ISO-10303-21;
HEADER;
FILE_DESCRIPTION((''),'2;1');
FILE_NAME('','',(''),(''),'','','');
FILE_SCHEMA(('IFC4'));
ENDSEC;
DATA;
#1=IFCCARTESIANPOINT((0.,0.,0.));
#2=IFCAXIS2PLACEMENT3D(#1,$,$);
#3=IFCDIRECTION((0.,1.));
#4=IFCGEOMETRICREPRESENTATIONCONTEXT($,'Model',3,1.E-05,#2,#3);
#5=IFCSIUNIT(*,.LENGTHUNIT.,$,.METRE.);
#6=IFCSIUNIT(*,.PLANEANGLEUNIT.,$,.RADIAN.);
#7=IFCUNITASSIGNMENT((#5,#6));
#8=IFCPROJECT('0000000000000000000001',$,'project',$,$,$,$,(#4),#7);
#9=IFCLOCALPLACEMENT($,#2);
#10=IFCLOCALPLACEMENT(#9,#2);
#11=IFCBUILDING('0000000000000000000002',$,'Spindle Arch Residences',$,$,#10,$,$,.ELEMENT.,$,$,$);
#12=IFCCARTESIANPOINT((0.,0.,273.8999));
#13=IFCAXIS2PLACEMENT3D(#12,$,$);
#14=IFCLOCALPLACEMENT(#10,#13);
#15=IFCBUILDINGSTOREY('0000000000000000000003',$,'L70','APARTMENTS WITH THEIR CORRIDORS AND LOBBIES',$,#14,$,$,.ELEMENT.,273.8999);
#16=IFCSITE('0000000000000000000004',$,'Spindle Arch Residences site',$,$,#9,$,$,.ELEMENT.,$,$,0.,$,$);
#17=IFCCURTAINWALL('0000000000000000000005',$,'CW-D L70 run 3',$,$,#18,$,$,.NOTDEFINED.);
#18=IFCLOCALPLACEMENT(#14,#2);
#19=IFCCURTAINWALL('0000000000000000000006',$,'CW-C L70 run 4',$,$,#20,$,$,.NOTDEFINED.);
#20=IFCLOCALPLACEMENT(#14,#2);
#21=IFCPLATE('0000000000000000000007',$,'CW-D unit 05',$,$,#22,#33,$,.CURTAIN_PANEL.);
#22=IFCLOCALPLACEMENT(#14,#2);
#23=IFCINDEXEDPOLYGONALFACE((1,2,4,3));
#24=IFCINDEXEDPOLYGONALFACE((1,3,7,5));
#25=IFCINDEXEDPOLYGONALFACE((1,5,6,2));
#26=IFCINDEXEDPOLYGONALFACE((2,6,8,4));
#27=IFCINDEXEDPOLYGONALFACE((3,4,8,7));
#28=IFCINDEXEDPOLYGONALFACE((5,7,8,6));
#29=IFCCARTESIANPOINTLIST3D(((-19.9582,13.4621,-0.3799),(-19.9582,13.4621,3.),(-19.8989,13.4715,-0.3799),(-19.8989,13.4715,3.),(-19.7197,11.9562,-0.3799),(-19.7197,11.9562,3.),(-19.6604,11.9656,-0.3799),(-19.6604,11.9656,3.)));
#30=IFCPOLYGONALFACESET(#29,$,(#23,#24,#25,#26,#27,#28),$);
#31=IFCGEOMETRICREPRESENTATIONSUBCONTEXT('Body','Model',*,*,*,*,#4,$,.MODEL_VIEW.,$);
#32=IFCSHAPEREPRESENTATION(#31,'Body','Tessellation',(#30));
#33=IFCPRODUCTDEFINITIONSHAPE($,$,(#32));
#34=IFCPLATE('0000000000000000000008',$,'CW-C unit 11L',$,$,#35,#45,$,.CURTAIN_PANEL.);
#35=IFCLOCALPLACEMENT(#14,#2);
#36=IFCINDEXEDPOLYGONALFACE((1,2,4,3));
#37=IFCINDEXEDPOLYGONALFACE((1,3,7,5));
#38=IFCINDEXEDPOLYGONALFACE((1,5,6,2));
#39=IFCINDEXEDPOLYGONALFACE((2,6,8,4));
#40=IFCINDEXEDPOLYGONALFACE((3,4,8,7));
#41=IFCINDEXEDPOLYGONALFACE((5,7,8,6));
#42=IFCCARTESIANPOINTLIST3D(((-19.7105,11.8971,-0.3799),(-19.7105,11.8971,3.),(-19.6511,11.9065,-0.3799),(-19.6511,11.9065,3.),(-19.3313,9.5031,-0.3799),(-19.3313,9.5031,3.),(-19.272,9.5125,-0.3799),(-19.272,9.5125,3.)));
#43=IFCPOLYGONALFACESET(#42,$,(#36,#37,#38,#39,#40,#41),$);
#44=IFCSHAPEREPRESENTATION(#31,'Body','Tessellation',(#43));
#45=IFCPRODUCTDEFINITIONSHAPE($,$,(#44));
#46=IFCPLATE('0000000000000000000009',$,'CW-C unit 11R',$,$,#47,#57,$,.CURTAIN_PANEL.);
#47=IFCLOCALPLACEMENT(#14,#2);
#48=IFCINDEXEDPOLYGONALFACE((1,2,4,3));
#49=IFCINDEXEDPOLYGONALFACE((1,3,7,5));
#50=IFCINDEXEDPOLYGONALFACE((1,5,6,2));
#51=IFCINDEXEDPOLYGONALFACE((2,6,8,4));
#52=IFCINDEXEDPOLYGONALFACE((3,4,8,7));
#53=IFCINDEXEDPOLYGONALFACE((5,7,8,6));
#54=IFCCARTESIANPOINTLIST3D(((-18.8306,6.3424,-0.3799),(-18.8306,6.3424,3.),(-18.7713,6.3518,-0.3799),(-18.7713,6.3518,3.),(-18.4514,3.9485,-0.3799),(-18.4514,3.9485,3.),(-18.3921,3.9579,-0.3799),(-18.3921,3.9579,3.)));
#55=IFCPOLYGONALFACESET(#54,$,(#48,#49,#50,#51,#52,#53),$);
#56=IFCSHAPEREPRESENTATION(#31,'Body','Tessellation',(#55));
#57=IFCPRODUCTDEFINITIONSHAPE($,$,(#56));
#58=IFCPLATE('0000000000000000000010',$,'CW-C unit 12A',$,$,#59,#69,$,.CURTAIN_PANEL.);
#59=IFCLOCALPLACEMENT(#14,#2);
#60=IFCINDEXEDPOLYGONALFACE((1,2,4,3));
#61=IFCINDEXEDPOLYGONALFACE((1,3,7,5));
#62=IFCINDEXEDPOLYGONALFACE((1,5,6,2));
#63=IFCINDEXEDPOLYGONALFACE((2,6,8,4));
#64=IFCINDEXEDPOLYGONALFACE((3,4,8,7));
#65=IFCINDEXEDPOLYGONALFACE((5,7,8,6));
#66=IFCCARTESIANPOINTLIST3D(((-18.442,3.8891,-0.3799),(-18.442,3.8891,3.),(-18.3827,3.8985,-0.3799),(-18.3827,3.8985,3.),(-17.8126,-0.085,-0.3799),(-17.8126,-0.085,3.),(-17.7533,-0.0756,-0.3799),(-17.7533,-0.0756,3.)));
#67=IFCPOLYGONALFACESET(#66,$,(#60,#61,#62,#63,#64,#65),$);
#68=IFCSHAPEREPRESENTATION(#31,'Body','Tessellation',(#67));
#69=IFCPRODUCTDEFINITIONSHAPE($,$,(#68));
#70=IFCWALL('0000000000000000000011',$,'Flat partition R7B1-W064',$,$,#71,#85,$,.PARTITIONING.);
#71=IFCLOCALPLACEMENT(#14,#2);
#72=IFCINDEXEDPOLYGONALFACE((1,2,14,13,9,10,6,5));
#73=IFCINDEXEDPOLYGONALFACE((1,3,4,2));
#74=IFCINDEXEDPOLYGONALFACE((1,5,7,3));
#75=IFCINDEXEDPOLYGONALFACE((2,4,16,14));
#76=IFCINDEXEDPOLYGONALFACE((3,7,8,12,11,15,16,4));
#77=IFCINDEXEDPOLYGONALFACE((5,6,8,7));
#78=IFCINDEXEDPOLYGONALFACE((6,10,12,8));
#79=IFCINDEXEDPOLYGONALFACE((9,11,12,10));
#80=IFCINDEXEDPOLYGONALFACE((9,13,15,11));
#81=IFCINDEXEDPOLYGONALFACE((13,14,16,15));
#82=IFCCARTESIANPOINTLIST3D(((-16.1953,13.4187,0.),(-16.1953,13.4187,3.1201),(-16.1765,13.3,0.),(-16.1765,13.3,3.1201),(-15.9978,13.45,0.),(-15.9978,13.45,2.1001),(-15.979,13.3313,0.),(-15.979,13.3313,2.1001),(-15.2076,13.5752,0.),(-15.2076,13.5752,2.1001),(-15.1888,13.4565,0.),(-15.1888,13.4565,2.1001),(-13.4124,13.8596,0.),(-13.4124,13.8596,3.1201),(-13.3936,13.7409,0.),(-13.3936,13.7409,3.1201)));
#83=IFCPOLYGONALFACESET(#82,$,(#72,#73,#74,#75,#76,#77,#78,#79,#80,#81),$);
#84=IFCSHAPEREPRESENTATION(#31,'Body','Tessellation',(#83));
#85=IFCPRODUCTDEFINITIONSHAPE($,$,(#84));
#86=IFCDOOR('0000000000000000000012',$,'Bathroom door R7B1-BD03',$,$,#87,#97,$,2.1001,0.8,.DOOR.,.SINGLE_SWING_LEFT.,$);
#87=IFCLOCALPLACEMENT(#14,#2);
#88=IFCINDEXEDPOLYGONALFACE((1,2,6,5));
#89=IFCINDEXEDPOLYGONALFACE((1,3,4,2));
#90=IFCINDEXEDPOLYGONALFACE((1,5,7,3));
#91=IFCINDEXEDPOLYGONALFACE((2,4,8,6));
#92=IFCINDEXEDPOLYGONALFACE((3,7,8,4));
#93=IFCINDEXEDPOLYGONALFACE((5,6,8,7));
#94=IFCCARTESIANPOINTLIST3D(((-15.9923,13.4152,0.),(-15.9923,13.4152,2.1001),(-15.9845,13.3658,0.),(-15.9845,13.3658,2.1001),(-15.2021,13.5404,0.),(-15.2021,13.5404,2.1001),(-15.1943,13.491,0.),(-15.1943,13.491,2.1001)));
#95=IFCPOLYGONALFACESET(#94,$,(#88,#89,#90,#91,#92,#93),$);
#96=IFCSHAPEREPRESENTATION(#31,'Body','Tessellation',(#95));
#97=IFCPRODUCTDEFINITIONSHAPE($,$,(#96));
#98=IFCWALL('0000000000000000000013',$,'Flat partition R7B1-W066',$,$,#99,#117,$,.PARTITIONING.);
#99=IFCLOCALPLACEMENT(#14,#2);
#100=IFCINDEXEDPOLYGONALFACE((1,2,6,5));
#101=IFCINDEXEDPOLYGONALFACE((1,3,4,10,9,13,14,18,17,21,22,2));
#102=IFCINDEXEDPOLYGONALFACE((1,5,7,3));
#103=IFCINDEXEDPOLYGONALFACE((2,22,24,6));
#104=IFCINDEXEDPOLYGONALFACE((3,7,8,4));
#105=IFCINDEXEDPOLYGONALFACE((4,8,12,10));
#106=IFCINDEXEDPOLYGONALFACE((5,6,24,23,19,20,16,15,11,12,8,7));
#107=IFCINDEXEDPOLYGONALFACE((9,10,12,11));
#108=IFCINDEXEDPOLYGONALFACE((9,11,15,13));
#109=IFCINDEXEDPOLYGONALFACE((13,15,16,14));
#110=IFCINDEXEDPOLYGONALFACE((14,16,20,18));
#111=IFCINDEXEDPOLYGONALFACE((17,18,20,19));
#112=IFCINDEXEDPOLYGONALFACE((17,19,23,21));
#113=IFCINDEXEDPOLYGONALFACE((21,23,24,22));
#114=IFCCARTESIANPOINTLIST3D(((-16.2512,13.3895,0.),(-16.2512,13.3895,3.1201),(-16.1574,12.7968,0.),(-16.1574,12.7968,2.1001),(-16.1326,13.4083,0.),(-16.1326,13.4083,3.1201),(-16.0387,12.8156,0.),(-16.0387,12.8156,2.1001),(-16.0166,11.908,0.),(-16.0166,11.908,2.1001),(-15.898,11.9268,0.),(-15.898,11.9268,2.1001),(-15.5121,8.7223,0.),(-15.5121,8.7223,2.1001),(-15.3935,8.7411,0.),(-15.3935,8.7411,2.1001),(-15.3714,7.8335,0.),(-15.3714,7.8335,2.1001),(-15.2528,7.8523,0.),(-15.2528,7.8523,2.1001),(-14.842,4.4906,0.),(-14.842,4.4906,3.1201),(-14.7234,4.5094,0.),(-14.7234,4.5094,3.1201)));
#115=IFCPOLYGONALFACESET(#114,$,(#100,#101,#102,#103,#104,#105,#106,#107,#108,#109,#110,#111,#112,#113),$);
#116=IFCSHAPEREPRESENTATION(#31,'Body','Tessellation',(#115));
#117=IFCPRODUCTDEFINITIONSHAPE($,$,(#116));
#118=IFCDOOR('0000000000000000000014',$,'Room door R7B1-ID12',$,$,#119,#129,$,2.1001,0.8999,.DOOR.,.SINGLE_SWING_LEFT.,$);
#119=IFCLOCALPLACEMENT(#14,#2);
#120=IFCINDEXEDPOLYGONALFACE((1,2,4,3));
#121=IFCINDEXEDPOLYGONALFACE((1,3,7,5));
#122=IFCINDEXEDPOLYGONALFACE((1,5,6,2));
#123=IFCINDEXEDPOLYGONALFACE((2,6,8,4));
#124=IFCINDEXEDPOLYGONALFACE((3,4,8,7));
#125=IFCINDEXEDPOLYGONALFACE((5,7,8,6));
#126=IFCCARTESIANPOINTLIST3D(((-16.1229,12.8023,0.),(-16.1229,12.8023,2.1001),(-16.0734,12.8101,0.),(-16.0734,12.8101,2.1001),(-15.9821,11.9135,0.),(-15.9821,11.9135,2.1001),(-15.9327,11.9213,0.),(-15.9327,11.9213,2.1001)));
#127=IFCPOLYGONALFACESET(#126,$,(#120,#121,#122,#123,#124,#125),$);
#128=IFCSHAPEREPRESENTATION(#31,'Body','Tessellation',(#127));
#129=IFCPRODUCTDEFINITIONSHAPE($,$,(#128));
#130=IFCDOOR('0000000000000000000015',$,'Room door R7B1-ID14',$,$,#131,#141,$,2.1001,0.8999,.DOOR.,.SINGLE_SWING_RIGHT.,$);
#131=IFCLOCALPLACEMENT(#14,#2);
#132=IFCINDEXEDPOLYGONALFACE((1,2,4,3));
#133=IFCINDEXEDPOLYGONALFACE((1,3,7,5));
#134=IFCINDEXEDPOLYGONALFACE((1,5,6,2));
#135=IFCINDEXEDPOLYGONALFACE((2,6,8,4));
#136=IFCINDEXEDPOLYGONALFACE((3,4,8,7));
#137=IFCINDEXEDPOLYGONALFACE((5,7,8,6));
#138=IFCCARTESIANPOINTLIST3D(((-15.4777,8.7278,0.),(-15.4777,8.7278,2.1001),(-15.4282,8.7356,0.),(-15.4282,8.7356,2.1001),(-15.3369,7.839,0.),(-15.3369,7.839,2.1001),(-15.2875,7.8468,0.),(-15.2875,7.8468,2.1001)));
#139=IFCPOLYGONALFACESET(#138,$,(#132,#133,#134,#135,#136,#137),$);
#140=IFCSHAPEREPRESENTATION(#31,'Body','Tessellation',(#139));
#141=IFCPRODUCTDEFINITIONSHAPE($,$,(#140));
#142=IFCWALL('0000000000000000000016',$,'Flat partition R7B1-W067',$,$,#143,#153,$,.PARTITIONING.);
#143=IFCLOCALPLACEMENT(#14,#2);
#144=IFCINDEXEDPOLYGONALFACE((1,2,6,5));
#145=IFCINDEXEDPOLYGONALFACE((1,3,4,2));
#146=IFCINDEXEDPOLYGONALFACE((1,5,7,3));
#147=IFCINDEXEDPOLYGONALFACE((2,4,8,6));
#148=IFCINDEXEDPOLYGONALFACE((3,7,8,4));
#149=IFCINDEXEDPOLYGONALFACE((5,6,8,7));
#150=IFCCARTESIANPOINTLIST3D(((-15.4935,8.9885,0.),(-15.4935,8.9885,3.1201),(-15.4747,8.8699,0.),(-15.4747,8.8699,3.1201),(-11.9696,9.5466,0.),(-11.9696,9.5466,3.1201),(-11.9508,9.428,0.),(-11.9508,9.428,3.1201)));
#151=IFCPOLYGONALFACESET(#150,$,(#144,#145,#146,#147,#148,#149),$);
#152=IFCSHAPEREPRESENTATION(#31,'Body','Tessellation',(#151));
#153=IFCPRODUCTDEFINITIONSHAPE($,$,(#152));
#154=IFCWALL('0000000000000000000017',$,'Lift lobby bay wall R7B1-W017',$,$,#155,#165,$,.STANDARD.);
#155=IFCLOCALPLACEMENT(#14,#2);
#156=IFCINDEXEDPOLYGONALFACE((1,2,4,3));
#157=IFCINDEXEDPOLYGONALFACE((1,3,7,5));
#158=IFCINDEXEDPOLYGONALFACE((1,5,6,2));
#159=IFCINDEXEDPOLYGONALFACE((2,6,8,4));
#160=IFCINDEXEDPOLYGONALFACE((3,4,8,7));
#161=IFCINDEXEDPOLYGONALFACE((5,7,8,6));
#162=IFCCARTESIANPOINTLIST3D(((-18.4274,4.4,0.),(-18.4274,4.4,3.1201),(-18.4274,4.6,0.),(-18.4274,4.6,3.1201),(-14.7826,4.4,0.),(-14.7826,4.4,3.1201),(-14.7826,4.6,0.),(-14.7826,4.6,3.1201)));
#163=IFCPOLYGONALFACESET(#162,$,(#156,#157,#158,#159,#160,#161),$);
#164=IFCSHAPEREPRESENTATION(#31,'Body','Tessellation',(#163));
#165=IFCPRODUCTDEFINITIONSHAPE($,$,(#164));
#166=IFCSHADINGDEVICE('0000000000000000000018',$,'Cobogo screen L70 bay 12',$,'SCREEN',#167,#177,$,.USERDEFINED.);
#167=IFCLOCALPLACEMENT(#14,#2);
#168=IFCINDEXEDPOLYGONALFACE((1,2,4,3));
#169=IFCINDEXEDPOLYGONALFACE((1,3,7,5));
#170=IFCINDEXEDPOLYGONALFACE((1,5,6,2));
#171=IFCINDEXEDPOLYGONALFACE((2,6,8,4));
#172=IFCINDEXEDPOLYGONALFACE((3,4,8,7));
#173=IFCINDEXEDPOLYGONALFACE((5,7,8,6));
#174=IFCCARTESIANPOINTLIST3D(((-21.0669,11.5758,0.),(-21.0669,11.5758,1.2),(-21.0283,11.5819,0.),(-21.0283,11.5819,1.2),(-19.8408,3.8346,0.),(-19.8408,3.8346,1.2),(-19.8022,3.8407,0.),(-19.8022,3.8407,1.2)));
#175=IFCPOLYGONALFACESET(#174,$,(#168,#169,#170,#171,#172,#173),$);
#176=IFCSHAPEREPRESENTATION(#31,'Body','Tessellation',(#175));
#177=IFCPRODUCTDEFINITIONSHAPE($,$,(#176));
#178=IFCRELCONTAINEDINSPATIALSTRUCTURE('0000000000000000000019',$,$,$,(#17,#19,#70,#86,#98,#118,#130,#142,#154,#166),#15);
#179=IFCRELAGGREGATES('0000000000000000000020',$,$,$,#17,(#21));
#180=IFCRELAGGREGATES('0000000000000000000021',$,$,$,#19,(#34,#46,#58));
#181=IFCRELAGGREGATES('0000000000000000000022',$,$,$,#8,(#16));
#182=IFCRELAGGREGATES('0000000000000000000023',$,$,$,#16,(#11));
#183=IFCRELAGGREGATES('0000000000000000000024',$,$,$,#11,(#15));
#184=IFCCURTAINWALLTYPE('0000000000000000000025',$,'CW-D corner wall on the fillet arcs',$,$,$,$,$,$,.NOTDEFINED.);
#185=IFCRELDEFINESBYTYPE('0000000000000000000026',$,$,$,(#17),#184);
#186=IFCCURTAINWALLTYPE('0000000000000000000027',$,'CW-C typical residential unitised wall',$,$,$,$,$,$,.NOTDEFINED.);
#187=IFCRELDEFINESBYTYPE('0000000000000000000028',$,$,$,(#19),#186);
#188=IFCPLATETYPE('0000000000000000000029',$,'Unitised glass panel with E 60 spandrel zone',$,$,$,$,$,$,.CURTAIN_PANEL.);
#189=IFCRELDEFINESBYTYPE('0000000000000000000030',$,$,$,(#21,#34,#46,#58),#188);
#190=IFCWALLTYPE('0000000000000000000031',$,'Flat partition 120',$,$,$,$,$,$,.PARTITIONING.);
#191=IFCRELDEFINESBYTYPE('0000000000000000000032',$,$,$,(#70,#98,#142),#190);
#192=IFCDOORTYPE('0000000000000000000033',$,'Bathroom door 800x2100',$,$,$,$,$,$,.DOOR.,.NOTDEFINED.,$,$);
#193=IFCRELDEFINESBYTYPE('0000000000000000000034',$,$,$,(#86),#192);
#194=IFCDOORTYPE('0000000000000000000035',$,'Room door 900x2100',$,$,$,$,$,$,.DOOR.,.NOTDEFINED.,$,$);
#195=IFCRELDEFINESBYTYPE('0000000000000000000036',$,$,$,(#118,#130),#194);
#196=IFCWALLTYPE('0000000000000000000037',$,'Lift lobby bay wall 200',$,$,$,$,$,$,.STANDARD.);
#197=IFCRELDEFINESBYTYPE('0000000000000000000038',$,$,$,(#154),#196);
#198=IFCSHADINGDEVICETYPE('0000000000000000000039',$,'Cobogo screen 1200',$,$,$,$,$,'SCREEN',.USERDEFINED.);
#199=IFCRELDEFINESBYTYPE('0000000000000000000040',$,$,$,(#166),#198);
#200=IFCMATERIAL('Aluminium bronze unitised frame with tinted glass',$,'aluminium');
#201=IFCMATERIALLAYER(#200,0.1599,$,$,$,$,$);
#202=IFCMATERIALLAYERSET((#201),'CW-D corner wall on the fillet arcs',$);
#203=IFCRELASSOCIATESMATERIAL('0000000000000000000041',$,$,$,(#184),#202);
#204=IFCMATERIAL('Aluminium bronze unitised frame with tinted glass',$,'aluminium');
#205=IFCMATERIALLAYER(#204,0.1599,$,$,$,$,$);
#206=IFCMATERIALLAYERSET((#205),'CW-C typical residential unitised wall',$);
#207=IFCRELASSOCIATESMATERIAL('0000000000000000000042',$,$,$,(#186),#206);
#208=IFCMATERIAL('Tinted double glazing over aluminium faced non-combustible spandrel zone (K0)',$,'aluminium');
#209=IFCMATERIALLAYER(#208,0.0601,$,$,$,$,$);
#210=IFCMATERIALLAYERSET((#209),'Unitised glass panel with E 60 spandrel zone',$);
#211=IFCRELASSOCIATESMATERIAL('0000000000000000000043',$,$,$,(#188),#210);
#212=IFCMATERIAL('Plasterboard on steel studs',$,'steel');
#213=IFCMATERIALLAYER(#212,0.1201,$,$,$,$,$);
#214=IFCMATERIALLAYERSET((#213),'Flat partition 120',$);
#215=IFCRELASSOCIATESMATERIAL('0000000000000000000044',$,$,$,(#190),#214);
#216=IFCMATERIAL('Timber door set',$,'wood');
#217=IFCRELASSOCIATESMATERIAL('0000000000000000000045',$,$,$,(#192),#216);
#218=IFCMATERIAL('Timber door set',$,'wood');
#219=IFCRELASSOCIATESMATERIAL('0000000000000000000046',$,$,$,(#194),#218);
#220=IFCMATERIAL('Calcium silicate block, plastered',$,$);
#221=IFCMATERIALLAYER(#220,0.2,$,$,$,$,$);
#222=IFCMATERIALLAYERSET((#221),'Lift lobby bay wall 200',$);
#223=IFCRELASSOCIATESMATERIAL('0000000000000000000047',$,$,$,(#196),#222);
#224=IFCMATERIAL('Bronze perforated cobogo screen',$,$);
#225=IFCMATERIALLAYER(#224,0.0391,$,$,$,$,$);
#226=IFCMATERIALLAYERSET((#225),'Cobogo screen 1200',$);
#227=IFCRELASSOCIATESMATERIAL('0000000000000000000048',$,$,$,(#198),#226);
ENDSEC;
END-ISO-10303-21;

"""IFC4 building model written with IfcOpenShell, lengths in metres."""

from ifc_helpers import new_model, si_unit, direction, frame, frame_2d, origin, origin_2d, place, context, subcontext, project, spatial, rectangle, extrude, material, layer, layer_set, type_object, element, fill, aggregate, save


model = new_model("IFC4")

# Units and contexts
model_context = context("Model", 3, precision=1e-05, world=origin(), true_north=direction((0.0, 1.0)))
body_context = subcontext(model_context, "Body", "Model", "MODEL_VIEW")
ifc_project = project(units=[si_unit("LENGTHUNIT", "METRE"), si_unit("PLANEANGLEUNIT", "RADIAN")], contexts=[model_context])

# Site, building, storey
site_placement = place(None, origin())
site = spatial("IfcSite", under=ifc_project, at=site_placement, Name="Spindle Arch Residences site", CompositionType="ELEMENT", RefElevation=0.0)
building_placement = place(site_placement, origin())
building = spatial("IfcBuilding", under=site, at=building_placement, Name="Spindle Arch Residences", CompositionType="ELEMENT")
storey_placement = place(building_placement, frame((0.0, 0.0, 273.8999)))
storey = spatial("IfcBuildingStorey", under=building, at=storey_placement, Name="L70", Description="APARTMENTS WITH THEIR CORRIDORS AND LOBBIES", CompositionType="ELEMENT", Elevation=273.8999)

# Curtain wall
ifc_material_1 = material(Name="Aluminium bronze unitised frame with tinted glass", Category="aluminium")
ifc_layer_1 = layer(ifc_material_1, 0.1599)
ifc_layer_set_1 = layer_set([ifc_layer_1], Name="CW-D corner wall on the fillet arcs")
curtain_wall_type_1 = type_object("IfcCurtainWallType", Name="CW-D corner wall on the fillet arcs", PredefinedType="NOTDEFINED", material=ifc_layer_set_1)
curtain_wall_1_placement = place(storey_placement, origin())
curtain_wall_1 = element("IfcCurtainWall", 1, at=curtain_wall_1_placement, inside=storey, type_object=curtain_wall_type_1, Name="CW-D L70 run 3", PredefinedType="NOTDEFINED")

# Curtain wall
ifc_material_2 = material(Name="Aluminium bronze unitised frame with tinted glass", Category="aluminium")
ifc_layer_2 = layer(ifc_material_2, 0.1599)
ifc_layer_set_2 = layer_set([ifc_layer_2], Name="CW-C typical residential unitised wall")
curtain_wall_type_2 = type_object("IfcCurtainWallType", Name="CW-C typical residential unitised wall", PredefinedType="NOTDEFINED", material=ifc_layer_set_2)
curtain_wall_2_placement = place(storey_placement, origin())
curtain_wall_2 = element("IfcCurtainWall", 2, at=curtain_wall_2_placement, inside=storey, type_object=curtain_wall_type_2, Name="CW-C L70 run 4", PredefinedType="NOTDEFINED")

# Plates
ifc_material_3 = material(Name="Tinted double glazing over aluminium faced non-combustible spandrel zone (K0)", Category="aluminium")
ifc_layer_3 = layer(ifc_material_3, 0.0601)
ifc_layer_set_3 = layer_set([ifc_layer_3], Name="Unitised glass panel with E 60 spandrel zone")
plate_type = type_object("IfcPlateType", Name="Unitised glass panel with E 60 spandrel zone", PredefinedType="CURTAIN_PANEL", material=ifc_layer_set_3)
plate_1_placement = place(storey_placement, frame((-19.8093, 12.7139, -0.3799), z_axis=(0.0, 0.0, 1.0), x_axis=(0.156434, -0.987688, 0.0)))
plate_1 = element("IfcPlate", 3, at=plate_1_placement, type_object=plate_type, Name="CW-D unit 05", PredefinedType="CURTAIN_PANEL", context=body_context, shape_type="SweptSolid", body=[
    extrude(rectangle(XDim=1.5247, YDim=0.0601, at=origin_2d()), origin(), (0.0, 0.0, 1.0), 3.3799),
])
aggregate(curtain_wall_1, [plate_1])
plate_2_placement = place(storey_placement, frame((-19.4912, 10.7048, -0.3799), z_axis=(0.0, 0.0, 1.0), x_axis=(0.156434, -0.987688, 0.0)))
plate_2 = element("IfcPlate", 4, at=plate_2_placement, type_object=plate_type, Name="CW-C unit 11L", PredefinedType="CURTAIN_PANEL", context=body_context, shape_type="SweptSolid", body=[
    extrude(rectangle(XDim=2.4238, YDim=0.0601, at=origin_2d()), origin(), (0.0, 0.0, 1.0), 3.3799),
])
plate_3_placement = place(storey_placement, frame((-18.6113, 5.1501, -0.3799), z_axis=(0.0, 0.0, 1.0), x_axis=(0.156434, -0.987688, 0.0)))
plate_3 = element("IfcPlate", 5, at=plate_3_placement, type_object=plate_type, Name="CW-C unit 11R", PredefinedType="CURTAIN_PANEL", context=body_context, shape_type="SweptSolid", body=[
    extrude(rectangle(XDim=2.4238, YDim=0.0601, at=origin_2d()), origin(), (0.0, 0.0, 1.0), 3.3799),
])
plate_4_placement = place(storey_placement, frame((-18.0977, 1.9067, -0.3799), z_axis=(0.0, 0.0, 1.0), x_axis=(0.156434, -0.987688, 0.0)))
plate_4 = element("IfcPlate", 6, at=plate_4_placement, type_object=plate_type, Name="CW-C unit 12A", PredefinedType="CURTAIN_PANEL", context=body_context, shape_type="SweptSolid", body=[
    extrude(rectangle(XDim=4.0237, YDim=0.0601, at=origin_2d()), origin(), (0.0, 0.0, 1.0), 3.3799),
])
aggregate(curtain_wall_2, [plate_2, plate_3, plate_4])

# Wall, opening, door
ifc_material_4 = material(Name="Plasterboard on steel studs", Category="steel")
ifc_layer_4 = layer(ifc_material_4, 0.1201)
ifc_layer_set_4 = layer_set([ifc_layer_4], Name="Flat partition 120")
wall_type_1 = type_object("IfcWallType", Name="Flat partition 120", PredefinedType="PARTITIONING", material=ifc_layer_set_4)
wall_1_placement = place(storey_placement, frame((-16.1858, 13.3594, 0.0), z_axis=(0.0, 0.0, 1.0), x_axis=(0.987681, 0.156483, 0.0)))
wall_1 = element("IfcWall", 7, at=wall_1_placement, inside=storey, type_object=wall_type_1, Name="Flat partition R7B1-W064", PredefinedType="PARTITIONING", context=body_context, shape_type="SweptSolid", body=[
    extrude(rectangle(XDim=2.8176, YDim=0.1201, at=frame_2d((1.4087, 0.0))), origin(), (0.0, 0.0, 1.0), 3.1201),
])
opening_1_placement = place(wall_1_placement, frame((0.2, 0.0, 0.0)))
opening_1 = element("IfcOpeningElement", 8, at=opening_1_placement, cuts=wall_1, PredefinedType="OPENING", context=body_context, shape_type="SweptSolid", body=[
    extrude(rectangle(XDim=0.8, YDim=2.1001, at=frame_2d((0.3999, 1.05))), frame((0.0, 0.0701, 0.0), z_axis=(0.0, -1.0, 0.0), x_axis=(1.0, 0.0, 0.0)), (0.0, 0.0, 1.0), 0.1401),
])
ifc_material_5 = material(Name="Timber door set", Category="wood")
door_type_1 = type_object("IfcDoorType", Name="Bathroom door 800x2100", OperationType="NOTDEFINED", PredefinedType="DOOR", material=ifc_material_5)
door_1_placement = place(opening_1_placement, origin())
door_1 = element("IfcDoor", 9, at=door_1_placement, inside=storey, type_object=door_type_1, Name="Bathroom door R7B1-BD03", OperationType="SINGLE_SWING_LEFT", OverallHeight=2.1001, OverallWidth=0.8, PredefinedType="DOOR", context=body_context, shape_type="SweptSolid", body=[
    extrude(rectangle(XDim=0.8, YDim=2.1001, at=frame_2d((0.3999, 1.05))), frame((0.0, 0.0249, 0.0), z_axis=(0.0, -1.0, 0.0), x_axis=(1.0, 0.0, 0.0)), (0.0, 0.0, 1.0), 0.05),
])
fill(opening_1, door_1)

# Wall, openings, doors
wall_2_placement = place(storey_placement, frame((-16.1919, 13.3989, 0.0), z_axis=(0.0, 0.0, 1.0), x_axis=(0.156405, -0.987693, 0.0)))
wall_2 = element("IfcWall", 10, at=wall_2_placement, inside=storey, type_object=wall_type_1, Name="Flat partition R7B1-W066", PredefinedType="PARTITIONING", context=body_context, shape_type="SweptSolid", body=[
    extrude(rectangle(XDim=9.0098, YDim=0.1201, at=frame_2d((4.5049, 0.0))), origin(), (0.0, 0.0, 1.0), 3.1201),
])
opening_2_placement = place(wall_2_placement, frame((0.6001, 0.0, 0.0)))
opening_2 = element("IfcOpeningElement", 11, at=opening_2_placement, cuts=wall_2, PredefinedType="OPENING", context=body_context, shape_type="SweptSolid", body=[
    extrude(rectangle(XDim=0.8999, YDim=2.1001, at=frame_2d((0.45, 1.05))), frame((0.0, 0.0701, 0.0), z_axis=(0.0, -1.0, 0.0), x_axis=(1.0, 0.0, 0.0)), (0.0, 0.0, 1.0), 0.1401),
])
opening_3_placement = place(wall_2_placement, frame((4.7253, 0.0, 0.0)))
opening_3 = element("IfcOpeningElement", 12, at=opening_3_placement, cuts=wall_2, PredefinedType="OPENING", context=body_context, shape_type="SweptSolid", body=[
    extrude(rectangle(XDim=0.8999, YDim=2.1001, at=frame_2d((0.45, 1.05))), frame((0.0, 0.0701, 0.0), z_axis=(0.0, -1.0, 0.0), x_axis=(1.0, 0.0, 0.0)), (0.0, 0.0, 1.0), 0.1401),
])
ifc_material_6 = material(Name="Timber door set", Category="wood")
door_type_2 = type_object("IfcDoorType", Name="Room door 900x2100", OperationType="NOTDEFINED", PredefinedType="DOOR", material=ifc_material_6)
door_2_placement = place(opening_2_placement, origin())
door_2 = element("IfcDoor", 13, at=door_2_placement, inside=storey, type_object=door_type_2, Name="Room door R7B1-ID12", OperationType="SINGLE_SWING_LEFT", OverallHeight=2.1001, OverallWidth=0.8999, PredefinedType="DOOR", context=body_context, shape_type="SweptSolid", body=[
    extrude(rectangle(XDim=0.8999, YDim=2.1001, at=frame_2d((0.45, 1.05))), frame((0.0, 0.0249, 0.0), z_axis=(0.0, -1.0, 0.0), x_axis=(1.0, 0.0, 0.0)), (0.0, 0.0, 1.0), 0.05),
])
fill(opening_2, door_2)
door_3_placement = place(opening_3_placement, origin())
door_3 = element("IfcDoor", 14, at=door_3_placement, inside=storey, type_object=door_type_2, Name="Room door R7B1-ID14", OperationType="SINGLE_SWING_RIGHT", OverallHeight=2.1001, OverallWidth=0.8999, PredefinedType="DOOR", context=body_context, shape_type="SweptSolid", body=[
    extrude(rectangle(XDim=0.8999, YDim=2.1001, at=frame_2d((0.45, 1.05))), frame((0.0, 0.0249, 0.0), z_axis=(0.0, -1.0, 0.0), x_axis=(1.0, 0.0, 0.0)), (0.0, 0.0, 1.0), 0.05),
])
fill(opening_3, door_3)

# Wall
wall_3_placement = place(storey_placement, frame((-15.4841, 8.9292, 0.0), z_axis=(0.0, 0.0, 1.0), x_axis=(0.98769, 0.156426, 0.0)))
element("IfcWall", 15, at=wall_3_placement, inside=storey, type_object=wall_type_1, Name="Flat partition R7B1-W067", PredefinedType="PARTITIONING", context=body_context, shape_type="SweptSolid", body=[
    extrude(rectangle(XDim=3.5679, YDim=0.1201, at=frame_2d((1.7839, 0.0))), origin(), (0.0, 0.0, 1.0), 3.1201),
])

# Wall
ifc_material_7 = material(Name="Calcium silicate block, plastered")
ifc_layer_5 = layer(ifc_material_7, 0.2)
ifc_layer_set_5 = layer_set([ifc_layer_5], Name="Lift lobby bay wall 200")
wall_type_2 = type_object("IfcWallType", Name="Lift lobby bay wall 200", PredefinedType="STANDARD", material=ifc_layer_set_5)
wall_4_placement = place(storey_placement, frame((-14.7827, 4.5, 0.0), z_axis=(0.0, 0.0, 1.0), x_axis=(-1.0, 0.0, 0.0)))
element("IfcWall", 16, at=wall_4_placement, inside=storey, type_object=wall_type_2, Name="Lift lobby bay wall R7B1-W017", PredefinedType="STANDARD", context=body_context, shape_type="SweptSolid", body=[
    extrude(rectangle(XDim=3.6448, YDim=0.2, at=frame_2d((1.8223, 0.0))), origin(), (0.0, 0.0, 1.0), 3.1201),
])

# Shading device
ifc_material_8 = material(Name="Bronze perforated cobogo screen")
ifc_layer_6 = layer(ifc_material_8, 0.0391)
ifc_layer_set_6 = layer_set([ifc_layer_6], Name="Cobogo screen 1200")
shading_device_type = type_object("IfcShadingDeviceType", Name="Cobogo screen 1200", ElementType="SCREEN", PredefinedType="USERDEFINED", material=ifc_layer_set_6)
shading_device_placement = place(storey_placement, frame((-20.4346, 7.7083, 0.0), z_axis=(0.0, 0.0, 1.0), x_axis=(0.156434, -0.987688, 0.0)))
element("IfcShadingDevice", 17, at=shading_device_placement, inside=storey, type_object=shading_device_type, Name="Cobogo screen L70 bay 12", ObjectType="SCREEN", PredefinedType="USERDEFINED", context=body_context, shape_type="SweptSolid", body=[
    extrude(rectangle(XDim=7.8376, YDim=0.0391, at=origin_2d()), origin(), (0.0, 0.0, 1.0), 1.2),
])

save(model, "model.ifc")
